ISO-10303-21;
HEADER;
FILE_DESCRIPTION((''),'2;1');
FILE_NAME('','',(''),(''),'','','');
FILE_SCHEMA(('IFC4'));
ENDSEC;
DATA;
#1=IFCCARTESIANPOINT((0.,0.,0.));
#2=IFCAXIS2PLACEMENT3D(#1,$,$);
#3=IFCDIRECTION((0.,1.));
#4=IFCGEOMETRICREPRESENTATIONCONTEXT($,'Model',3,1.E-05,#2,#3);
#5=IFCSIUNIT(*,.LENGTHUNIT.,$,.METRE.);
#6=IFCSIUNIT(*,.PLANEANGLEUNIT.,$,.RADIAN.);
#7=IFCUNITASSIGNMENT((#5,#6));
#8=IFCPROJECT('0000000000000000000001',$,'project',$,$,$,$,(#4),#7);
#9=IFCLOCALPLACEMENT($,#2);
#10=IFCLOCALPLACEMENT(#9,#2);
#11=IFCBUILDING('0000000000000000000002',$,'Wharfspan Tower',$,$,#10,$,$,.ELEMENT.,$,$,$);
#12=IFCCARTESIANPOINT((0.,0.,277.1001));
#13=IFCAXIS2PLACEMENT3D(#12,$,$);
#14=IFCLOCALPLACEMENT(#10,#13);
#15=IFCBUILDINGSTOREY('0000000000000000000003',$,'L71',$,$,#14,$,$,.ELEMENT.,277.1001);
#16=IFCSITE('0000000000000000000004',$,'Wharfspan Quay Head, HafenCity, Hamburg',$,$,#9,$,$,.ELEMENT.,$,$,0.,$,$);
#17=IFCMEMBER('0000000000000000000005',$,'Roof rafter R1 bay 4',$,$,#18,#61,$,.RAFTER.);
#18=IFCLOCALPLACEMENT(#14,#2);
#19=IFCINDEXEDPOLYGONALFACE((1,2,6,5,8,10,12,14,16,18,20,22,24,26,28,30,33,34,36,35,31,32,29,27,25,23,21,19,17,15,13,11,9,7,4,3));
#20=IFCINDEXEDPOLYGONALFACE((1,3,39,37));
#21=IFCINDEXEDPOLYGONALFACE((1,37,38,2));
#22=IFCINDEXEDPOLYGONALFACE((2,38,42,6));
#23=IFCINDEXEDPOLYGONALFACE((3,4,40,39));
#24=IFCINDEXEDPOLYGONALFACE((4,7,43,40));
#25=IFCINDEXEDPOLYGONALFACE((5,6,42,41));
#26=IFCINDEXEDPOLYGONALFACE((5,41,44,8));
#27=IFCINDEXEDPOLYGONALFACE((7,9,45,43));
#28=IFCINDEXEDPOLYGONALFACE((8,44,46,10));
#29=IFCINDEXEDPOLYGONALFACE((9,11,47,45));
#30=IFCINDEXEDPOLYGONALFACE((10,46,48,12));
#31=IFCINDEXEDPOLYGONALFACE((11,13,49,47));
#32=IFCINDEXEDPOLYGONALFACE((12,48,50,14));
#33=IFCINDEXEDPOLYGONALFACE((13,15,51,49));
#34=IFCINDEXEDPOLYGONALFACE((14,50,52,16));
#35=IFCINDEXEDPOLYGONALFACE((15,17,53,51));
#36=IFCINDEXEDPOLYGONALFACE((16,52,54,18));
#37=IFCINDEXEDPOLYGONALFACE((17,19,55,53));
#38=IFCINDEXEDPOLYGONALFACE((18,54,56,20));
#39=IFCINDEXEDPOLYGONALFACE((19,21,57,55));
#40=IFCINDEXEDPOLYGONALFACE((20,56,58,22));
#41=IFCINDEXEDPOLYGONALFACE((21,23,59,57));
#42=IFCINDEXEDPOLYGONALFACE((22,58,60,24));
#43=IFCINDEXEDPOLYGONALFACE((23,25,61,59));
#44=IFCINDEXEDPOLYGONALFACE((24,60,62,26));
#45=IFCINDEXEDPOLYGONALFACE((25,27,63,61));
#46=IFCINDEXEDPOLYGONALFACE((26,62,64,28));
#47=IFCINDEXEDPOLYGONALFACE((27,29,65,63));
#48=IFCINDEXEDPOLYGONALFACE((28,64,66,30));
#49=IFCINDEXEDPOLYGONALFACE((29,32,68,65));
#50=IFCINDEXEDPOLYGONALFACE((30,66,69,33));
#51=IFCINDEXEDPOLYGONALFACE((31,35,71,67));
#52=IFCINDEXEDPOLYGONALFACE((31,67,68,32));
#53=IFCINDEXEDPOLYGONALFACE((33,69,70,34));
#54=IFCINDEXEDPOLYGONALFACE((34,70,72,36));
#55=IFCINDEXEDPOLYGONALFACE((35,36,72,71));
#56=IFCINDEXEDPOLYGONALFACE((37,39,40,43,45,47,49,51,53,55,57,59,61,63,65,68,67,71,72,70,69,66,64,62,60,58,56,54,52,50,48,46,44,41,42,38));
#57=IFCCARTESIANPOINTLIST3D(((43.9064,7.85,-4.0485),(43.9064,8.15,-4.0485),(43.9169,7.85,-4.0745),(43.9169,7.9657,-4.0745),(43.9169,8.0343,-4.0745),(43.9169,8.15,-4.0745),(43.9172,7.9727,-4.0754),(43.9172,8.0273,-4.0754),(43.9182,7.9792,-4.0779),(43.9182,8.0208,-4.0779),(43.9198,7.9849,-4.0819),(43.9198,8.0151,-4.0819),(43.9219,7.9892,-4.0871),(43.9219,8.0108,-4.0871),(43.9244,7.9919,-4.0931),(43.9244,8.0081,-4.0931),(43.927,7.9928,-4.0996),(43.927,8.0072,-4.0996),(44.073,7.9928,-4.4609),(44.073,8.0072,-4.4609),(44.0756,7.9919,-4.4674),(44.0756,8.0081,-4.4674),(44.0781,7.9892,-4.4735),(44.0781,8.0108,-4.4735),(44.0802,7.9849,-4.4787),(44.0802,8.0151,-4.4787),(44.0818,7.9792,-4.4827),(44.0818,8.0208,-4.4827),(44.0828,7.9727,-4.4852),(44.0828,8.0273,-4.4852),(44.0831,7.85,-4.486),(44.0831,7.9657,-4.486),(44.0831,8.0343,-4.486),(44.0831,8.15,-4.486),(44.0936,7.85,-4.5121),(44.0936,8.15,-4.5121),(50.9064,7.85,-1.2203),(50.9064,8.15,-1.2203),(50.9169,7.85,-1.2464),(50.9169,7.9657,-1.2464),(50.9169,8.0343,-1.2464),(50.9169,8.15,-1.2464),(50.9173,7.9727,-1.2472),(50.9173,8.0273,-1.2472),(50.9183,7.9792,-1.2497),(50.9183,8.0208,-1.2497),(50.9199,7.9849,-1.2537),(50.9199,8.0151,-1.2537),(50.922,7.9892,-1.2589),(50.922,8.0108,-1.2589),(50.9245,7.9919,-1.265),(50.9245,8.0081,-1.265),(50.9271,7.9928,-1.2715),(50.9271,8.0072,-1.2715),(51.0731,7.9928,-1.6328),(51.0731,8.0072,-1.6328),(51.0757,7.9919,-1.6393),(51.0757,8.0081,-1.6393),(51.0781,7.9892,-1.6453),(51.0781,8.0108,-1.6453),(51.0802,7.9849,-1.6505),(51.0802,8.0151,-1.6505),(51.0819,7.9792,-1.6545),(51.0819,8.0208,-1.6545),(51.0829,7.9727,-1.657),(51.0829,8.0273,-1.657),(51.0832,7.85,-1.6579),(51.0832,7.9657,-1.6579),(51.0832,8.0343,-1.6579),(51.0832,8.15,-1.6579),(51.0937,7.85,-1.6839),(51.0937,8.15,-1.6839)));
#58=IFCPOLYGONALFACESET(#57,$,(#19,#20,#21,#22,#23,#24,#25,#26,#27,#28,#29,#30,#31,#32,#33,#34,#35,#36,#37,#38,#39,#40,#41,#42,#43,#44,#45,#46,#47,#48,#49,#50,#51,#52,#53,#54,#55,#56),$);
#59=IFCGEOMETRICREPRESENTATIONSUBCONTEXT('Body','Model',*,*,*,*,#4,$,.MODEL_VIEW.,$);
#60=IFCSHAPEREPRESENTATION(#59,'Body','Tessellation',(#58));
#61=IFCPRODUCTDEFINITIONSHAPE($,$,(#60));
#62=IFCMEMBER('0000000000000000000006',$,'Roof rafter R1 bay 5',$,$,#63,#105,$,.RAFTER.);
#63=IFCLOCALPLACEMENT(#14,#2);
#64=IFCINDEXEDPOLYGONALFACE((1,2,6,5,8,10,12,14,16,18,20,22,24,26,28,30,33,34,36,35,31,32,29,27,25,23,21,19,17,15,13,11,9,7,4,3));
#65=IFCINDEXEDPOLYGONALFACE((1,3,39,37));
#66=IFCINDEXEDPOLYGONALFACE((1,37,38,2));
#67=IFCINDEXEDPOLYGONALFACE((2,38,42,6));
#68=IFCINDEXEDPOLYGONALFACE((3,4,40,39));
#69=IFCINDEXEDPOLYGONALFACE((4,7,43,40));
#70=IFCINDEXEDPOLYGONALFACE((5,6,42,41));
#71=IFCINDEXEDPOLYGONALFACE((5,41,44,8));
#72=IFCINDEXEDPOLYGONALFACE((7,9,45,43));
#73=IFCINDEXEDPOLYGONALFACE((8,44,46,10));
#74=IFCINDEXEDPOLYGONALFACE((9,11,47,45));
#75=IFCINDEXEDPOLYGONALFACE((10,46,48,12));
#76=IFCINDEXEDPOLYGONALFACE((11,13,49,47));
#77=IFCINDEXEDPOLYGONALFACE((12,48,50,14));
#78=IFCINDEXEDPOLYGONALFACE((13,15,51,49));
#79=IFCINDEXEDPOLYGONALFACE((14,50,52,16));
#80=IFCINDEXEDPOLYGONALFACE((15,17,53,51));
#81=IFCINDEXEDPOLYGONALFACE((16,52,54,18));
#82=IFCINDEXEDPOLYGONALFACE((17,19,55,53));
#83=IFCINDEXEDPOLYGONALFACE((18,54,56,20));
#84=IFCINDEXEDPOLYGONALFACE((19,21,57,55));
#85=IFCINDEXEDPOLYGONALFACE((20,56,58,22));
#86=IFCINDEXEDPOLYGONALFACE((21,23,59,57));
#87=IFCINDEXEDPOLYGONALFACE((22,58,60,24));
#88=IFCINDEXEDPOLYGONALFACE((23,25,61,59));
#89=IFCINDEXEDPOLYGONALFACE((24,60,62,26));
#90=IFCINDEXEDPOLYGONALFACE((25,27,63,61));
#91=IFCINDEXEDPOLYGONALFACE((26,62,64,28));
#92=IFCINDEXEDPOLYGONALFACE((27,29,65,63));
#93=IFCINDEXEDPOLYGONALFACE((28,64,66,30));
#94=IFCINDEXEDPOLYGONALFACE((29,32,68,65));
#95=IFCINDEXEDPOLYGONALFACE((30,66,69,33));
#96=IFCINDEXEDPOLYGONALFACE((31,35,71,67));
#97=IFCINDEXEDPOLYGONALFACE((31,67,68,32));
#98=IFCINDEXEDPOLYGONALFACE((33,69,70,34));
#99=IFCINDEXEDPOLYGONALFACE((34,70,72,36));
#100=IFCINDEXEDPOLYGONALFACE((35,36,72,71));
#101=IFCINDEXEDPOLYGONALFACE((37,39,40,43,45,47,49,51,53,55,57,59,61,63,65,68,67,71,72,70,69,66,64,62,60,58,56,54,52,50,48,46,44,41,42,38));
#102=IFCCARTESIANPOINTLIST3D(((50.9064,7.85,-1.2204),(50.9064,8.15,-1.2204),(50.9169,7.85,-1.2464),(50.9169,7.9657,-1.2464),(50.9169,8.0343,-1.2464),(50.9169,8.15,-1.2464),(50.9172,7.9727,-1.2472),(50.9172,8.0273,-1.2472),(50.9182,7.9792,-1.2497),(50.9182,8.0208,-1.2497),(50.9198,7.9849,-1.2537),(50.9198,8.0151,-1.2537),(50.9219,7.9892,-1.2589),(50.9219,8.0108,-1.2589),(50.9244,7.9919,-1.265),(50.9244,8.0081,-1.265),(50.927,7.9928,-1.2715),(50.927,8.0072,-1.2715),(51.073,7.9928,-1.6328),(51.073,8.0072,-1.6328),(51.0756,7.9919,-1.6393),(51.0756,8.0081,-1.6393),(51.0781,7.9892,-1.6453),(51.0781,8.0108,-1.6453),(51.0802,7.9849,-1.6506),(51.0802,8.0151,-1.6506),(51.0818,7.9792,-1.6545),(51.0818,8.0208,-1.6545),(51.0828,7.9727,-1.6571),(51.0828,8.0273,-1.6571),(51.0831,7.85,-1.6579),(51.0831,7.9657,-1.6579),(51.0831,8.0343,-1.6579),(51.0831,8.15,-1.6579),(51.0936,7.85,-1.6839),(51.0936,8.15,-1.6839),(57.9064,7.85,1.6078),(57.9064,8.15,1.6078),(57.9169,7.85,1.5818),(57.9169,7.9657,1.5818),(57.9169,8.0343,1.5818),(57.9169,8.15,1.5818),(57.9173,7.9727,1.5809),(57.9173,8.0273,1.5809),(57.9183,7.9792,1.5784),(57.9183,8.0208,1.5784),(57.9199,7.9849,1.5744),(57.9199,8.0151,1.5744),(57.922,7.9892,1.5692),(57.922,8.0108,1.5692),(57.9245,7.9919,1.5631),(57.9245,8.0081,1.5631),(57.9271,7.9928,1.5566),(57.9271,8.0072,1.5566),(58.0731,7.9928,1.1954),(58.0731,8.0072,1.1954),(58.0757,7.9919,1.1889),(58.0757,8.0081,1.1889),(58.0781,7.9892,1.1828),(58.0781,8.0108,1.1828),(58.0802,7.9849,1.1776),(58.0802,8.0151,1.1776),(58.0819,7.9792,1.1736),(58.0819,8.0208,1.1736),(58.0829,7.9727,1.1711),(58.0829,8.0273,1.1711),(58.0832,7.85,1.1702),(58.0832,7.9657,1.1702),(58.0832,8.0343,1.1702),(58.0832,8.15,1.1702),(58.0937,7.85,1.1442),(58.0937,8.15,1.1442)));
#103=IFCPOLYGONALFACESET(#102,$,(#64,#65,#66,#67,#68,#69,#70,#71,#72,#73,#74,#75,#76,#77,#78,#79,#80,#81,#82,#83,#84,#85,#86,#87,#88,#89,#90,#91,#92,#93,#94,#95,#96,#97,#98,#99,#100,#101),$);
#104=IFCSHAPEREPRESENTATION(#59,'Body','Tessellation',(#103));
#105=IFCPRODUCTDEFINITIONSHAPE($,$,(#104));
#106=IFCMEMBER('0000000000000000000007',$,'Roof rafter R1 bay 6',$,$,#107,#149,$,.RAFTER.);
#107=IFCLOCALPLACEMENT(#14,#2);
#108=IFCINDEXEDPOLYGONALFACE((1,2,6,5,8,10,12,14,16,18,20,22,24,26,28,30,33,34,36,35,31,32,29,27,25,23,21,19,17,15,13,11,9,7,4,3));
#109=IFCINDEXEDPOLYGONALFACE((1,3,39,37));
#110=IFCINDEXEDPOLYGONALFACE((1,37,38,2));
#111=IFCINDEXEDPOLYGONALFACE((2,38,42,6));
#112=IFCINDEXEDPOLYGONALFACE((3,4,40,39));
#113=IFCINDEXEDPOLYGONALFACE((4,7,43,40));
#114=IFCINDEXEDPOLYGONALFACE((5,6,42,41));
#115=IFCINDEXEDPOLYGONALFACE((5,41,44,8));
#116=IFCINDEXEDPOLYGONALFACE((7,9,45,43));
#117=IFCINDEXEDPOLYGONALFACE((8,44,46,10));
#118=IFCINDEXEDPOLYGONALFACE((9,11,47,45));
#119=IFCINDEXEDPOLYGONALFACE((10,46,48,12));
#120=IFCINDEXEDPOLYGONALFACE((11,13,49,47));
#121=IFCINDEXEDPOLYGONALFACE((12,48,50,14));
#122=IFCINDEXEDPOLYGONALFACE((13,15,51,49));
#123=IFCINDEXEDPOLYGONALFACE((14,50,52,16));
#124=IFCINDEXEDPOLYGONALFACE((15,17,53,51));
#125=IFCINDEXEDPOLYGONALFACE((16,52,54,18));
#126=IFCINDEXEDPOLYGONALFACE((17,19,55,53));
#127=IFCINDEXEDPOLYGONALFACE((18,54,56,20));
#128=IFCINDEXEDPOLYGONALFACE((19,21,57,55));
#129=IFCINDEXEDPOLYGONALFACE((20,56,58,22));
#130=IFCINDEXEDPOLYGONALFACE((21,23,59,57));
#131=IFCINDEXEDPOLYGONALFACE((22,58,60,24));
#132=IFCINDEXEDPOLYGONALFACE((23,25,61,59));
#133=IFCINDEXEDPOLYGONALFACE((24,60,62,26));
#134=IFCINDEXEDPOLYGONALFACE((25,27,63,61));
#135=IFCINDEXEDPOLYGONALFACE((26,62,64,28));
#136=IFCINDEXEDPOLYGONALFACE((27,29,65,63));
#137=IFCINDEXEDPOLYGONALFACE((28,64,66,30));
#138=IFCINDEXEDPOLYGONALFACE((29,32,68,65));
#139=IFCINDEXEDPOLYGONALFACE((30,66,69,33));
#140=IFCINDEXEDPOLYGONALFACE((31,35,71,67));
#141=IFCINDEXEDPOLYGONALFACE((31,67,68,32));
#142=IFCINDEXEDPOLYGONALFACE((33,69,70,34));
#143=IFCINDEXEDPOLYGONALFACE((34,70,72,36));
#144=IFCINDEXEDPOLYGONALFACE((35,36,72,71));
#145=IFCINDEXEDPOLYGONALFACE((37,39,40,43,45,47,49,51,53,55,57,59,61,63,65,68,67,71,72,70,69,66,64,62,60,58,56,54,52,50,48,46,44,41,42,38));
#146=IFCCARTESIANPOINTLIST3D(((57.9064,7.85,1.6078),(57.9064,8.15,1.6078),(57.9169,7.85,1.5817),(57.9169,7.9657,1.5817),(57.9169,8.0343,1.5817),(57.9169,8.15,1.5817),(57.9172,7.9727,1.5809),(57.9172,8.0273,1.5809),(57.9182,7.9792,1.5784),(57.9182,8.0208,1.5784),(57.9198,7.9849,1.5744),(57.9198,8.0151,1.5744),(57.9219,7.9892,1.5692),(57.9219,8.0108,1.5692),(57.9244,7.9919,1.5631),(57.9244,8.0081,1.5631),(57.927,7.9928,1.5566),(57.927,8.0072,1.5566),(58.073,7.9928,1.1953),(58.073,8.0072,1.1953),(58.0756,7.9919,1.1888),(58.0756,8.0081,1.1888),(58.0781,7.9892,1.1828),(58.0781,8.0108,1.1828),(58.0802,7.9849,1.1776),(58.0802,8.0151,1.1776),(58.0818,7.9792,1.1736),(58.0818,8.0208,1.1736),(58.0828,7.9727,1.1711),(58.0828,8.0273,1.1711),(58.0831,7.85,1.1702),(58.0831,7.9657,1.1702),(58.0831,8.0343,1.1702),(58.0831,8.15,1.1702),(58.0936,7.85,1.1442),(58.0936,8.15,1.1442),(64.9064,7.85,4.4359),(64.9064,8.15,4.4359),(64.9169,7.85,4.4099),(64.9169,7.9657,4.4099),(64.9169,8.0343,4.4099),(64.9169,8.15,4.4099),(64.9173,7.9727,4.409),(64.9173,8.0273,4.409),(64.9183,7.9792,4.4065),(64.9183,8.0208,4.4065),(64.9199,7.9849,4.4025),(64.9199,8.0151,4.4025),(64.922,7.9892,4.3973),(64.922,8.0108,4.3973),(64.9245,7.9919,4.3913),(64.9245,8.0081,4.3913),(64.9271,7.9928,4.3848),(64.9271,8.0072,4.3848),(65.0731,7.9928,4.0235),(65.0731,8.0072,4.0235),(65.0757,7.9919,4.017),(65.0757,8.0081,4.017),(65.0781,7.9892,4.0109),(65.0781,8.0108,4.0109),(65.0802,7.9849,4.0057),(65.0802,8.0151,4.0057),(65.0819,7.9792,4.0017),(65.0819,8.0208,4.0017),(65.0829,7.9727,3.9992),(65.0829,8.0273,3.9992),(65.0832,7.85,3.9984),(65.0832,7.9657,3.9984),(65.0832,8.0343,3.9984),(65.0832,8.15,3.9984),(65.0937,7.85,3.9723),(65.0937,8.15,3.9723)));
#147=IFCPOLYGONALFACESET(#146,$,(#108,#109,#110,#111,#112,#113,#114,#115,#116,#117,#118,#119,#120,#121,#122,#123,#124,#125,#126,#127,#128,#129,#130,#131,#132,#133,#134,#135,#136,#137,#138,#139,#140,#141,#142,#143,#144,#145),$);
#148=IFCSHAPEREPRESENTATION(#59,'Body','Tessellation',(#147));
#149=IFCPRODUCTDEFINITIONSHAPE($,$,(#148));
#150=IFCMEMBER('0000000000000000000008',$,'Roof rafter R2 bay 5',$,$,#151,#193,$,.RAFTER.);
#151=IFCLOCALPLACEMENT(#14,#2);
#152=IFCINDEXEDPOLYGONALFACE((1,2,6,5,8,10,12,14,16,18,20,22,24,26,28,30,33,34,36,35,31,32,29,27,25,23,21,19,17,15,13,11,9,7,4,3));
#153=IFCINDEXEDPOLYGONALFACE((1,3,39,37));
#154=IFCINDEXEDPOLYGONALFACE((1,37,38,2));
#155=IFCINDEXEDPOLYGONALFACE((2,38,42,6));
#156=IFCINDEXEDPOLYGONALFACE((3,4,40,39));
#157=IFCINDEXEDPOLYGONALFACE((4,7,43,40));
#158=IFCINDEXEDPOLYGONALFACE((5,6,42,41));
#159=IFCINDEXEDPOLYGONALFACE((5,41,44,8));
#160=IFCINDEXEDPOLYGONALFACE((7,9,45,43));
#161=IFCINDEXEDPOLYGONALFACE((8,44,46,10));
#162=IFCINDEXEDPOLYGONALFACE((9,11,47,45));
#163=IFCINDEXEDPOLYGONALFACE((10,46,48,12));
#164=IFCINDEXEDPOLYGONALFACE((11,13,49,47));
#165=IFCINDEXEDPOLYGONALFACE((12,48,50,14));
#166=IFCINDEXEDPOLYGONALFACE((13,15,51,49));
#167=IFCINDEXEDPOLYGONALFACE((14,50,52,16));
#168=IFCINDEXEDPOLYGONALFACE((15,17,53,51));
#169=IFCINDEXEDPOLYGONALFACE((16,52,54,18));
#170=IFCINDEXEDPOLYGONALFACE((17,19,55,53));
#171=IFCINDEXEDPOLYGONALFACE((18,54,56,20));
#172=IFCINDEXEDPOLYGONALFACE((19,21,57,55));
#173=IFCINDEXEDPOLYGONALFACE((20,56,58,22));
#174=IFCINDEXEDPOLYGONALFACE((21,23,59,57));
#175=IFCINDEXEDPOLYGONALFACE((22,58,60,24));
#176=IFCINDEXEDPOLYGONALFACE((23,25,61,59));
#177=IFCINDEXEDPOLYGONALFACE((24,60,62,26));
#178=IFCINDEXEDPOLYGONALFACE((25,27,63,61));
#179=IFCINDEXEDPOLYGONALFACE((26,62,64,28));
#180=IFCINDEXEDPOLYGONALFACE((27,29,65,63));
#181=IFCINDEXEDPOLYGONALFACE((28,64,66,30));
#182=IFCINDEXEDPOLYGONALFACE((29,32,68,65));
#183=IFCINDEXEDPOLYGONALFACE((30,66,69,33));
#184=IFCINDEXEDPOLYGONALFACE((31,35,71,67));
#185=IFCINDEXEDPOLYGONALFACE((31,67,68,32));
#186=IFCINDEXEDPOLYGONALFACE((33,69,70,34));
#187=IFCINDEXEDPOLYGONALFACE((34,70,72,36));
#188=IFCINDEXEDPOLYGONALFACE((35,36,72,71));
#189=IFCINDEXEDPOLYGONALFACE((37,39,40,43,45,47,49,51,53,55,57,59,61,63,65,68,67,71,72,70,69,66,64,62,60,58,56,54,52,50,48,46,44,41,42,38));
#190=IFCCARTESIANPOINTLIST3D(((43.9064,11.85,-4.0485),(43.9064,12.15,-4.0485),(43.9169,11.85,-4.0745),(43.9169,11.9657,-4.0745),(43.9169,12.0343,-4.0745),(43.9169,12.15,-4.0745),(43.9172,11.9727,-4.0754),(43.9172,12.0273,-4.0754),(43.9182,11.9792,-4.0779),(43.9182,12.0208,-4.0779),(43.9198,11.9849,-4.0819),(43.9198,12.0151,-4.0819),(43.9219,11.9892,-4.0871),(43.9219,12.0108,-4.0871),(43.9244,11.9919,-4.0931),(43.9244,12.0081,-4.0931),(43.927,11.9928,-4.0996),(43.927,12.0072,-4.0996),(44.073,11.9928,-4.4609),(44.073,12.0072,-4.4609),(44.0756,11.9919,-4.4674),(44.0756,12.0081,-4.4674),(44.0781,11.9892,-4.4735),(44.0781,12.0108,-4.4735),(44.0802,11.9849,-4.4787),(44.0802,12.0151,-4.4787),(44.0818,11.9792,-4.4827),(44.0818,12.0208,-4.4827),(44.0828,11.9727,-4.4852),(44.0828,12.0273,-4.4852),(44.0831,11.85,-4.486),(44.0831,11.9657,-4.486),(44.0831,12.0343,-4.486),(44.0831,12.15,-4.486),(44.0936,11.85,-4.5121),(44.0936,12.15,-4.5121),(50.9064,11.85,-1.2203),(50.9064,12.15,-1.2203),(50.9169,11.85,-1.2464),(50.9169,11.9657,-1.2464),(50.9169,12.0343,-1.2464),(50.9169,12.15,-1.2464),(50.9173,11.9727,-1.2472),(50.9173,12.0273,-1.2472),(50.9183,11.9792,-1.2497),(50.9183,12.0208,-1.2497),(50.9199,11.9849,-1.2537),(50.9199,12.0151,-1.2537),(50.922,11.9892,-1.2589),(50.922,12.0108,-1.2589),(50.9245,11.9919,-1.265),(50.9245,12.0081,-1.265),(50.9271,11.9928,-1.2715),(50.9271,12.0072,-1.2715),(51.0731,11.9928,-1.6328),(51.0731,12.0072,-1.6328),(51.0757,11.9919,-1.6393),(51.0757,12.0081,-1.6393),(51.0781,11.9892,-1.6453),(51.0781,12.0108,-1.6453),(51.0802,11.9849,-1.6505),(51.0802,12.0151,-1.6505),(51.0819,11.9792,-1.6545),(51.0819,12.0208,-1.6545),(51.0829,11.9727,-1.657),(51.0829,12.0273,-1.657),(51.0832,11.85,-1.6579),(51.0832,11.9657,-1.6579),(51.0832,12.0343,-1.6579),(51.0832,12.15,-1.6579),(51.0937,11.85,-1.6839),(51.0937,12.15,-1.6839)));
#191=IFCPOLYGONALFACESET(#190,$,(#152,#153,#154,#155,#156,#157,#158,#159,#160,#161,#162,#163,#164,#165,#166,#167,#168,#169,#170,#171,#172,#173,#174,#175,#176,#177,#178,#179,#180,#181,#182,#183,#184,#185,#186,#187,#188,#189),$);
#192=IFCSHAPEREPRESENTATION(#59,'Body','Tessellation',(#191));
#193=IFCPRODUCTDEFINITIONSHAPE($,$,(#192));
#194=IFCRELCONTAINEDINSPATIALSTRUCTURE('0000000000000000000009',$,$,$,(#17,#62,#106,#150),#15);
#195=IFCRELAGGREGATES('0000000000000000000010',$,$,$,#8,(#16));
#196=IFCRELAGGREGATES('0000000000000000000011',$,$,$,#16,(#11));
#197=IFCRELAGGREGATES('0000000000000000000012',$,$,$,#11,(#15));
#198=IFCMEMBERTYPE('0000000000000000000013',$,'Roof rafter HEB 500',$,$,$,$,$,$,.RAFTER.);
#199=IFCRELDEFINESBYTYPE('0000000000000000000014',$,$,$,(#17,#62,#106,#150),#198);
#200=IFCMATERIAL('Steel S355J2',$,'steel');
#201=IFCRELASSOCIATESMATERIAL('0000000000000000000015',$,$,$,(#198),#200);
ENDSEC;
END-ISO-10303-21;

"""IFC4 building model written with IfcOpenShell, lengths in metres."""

from ifc_helpers import new_model, si_unit, direction, frame, origin, origin_2d, place, context, subcontext, project, spatial, i_section, extrude, material, material_profile, profile_set, type_object, element, save


model = new_model("IFC4")

# Units and contexts
model_context = context("Model", 3, precision=1e-05, world=origin(), true_north=direction((0.0, 1.0)))
body_context = subcontext(model_context, "Body", "Model", "MODEL_VIEW")
ifc_project = project(units=[si_unit("LENGTHUNIT", "METRE"), si_unit("PLANEANGLEUNIT", "RADIAN")], contexts=[model_context])

# Site, building, storey
site_placement = place(None, origin())
site = spatial("IfcSite", under=ifc_project, at=site_placement, Name="Wharfspan Quay Head, HafenCity, Hamburg", CompositionType="ELEMENT", RefElevation=0.0)
building_placement = place(site_placement, origin())
building = spatial("IfcBuilding", under=site, at=building_placement, Name="Wharfspan Tower", CompositionType="ELEMENT")
storey_placement = place(building_placement, frame((0.0, 0.0, 277.1001)))
storey = spatial("IfcBuildingStorey", under=building, at=storey_placement, Name="L71", CompositionType="ELEMENT", Elevation=277.1001)

# Shared definitions
ifc_material_1 = material(Name="Steel S355J2", Category="steel")

# Members
ifc_material_profile_1 = material_profile(ifc_material_1, i_section(OverallWidth=0.3, OverallDepth=0.5, WebThickness=0.0144, FlangeThickness=0.0281, FilletRadius=0.0271, at=origin_2d()))
ifc_profile_set_1 = profile_set([ifc_material_profile_1], Name="Steel S355J2")
member_type_1 = type_object("IfcMemberType", Name="Roof rafter HEB 500", PredefinedType="RAFTER", material=ifc_profile_set_1)
for number, where, z_axis, x_axis, name in (
    (1, (44.0, 8.0, -4.2803), (0.927187, 0.0, 0.3746), (0.0, 1.0, 0.0), "Roof rafter R1 bay 4"),
    (2, (51.0, 8.0, -1.4521), (0.927187, 0.0, 0.3746), (0.0, 1.0, 0.0), "Roof rafter R1 bay 5"),
    (3, (58.0, 8.0, 1.376), (0.927187, 0.0, 0.3746), (0.0, 1.0, 0.0), "Roof rafter R1 bay 6"),
    (4, (44.0, 12.0, -4.2803), (0.927187, 0.0, 0.3746), (0.0, 1.0, 0.0), "Roof rafter R2 bay 5"),
):
    element("IfcMember", number, at=place(storey_placement, frame(where, z_axis=z_axis, x_axis=x_axis)), inside=storey, type_object=member_type_1, Name=name, PredefinedType="RAFTER", context=body_context, shape_type="SweptSolid", body=[
        extrude(i_section(OverallWidth=0.3, OverallDepth=0.5, WebThickness=0.0144, FlangeThickness=0.0281, FilletRadius=0.0271, at=origin_2d()), origin(), (0.0, 0.0, 1.0), 7.5498),
    ])

save(model, "model.ifc")
